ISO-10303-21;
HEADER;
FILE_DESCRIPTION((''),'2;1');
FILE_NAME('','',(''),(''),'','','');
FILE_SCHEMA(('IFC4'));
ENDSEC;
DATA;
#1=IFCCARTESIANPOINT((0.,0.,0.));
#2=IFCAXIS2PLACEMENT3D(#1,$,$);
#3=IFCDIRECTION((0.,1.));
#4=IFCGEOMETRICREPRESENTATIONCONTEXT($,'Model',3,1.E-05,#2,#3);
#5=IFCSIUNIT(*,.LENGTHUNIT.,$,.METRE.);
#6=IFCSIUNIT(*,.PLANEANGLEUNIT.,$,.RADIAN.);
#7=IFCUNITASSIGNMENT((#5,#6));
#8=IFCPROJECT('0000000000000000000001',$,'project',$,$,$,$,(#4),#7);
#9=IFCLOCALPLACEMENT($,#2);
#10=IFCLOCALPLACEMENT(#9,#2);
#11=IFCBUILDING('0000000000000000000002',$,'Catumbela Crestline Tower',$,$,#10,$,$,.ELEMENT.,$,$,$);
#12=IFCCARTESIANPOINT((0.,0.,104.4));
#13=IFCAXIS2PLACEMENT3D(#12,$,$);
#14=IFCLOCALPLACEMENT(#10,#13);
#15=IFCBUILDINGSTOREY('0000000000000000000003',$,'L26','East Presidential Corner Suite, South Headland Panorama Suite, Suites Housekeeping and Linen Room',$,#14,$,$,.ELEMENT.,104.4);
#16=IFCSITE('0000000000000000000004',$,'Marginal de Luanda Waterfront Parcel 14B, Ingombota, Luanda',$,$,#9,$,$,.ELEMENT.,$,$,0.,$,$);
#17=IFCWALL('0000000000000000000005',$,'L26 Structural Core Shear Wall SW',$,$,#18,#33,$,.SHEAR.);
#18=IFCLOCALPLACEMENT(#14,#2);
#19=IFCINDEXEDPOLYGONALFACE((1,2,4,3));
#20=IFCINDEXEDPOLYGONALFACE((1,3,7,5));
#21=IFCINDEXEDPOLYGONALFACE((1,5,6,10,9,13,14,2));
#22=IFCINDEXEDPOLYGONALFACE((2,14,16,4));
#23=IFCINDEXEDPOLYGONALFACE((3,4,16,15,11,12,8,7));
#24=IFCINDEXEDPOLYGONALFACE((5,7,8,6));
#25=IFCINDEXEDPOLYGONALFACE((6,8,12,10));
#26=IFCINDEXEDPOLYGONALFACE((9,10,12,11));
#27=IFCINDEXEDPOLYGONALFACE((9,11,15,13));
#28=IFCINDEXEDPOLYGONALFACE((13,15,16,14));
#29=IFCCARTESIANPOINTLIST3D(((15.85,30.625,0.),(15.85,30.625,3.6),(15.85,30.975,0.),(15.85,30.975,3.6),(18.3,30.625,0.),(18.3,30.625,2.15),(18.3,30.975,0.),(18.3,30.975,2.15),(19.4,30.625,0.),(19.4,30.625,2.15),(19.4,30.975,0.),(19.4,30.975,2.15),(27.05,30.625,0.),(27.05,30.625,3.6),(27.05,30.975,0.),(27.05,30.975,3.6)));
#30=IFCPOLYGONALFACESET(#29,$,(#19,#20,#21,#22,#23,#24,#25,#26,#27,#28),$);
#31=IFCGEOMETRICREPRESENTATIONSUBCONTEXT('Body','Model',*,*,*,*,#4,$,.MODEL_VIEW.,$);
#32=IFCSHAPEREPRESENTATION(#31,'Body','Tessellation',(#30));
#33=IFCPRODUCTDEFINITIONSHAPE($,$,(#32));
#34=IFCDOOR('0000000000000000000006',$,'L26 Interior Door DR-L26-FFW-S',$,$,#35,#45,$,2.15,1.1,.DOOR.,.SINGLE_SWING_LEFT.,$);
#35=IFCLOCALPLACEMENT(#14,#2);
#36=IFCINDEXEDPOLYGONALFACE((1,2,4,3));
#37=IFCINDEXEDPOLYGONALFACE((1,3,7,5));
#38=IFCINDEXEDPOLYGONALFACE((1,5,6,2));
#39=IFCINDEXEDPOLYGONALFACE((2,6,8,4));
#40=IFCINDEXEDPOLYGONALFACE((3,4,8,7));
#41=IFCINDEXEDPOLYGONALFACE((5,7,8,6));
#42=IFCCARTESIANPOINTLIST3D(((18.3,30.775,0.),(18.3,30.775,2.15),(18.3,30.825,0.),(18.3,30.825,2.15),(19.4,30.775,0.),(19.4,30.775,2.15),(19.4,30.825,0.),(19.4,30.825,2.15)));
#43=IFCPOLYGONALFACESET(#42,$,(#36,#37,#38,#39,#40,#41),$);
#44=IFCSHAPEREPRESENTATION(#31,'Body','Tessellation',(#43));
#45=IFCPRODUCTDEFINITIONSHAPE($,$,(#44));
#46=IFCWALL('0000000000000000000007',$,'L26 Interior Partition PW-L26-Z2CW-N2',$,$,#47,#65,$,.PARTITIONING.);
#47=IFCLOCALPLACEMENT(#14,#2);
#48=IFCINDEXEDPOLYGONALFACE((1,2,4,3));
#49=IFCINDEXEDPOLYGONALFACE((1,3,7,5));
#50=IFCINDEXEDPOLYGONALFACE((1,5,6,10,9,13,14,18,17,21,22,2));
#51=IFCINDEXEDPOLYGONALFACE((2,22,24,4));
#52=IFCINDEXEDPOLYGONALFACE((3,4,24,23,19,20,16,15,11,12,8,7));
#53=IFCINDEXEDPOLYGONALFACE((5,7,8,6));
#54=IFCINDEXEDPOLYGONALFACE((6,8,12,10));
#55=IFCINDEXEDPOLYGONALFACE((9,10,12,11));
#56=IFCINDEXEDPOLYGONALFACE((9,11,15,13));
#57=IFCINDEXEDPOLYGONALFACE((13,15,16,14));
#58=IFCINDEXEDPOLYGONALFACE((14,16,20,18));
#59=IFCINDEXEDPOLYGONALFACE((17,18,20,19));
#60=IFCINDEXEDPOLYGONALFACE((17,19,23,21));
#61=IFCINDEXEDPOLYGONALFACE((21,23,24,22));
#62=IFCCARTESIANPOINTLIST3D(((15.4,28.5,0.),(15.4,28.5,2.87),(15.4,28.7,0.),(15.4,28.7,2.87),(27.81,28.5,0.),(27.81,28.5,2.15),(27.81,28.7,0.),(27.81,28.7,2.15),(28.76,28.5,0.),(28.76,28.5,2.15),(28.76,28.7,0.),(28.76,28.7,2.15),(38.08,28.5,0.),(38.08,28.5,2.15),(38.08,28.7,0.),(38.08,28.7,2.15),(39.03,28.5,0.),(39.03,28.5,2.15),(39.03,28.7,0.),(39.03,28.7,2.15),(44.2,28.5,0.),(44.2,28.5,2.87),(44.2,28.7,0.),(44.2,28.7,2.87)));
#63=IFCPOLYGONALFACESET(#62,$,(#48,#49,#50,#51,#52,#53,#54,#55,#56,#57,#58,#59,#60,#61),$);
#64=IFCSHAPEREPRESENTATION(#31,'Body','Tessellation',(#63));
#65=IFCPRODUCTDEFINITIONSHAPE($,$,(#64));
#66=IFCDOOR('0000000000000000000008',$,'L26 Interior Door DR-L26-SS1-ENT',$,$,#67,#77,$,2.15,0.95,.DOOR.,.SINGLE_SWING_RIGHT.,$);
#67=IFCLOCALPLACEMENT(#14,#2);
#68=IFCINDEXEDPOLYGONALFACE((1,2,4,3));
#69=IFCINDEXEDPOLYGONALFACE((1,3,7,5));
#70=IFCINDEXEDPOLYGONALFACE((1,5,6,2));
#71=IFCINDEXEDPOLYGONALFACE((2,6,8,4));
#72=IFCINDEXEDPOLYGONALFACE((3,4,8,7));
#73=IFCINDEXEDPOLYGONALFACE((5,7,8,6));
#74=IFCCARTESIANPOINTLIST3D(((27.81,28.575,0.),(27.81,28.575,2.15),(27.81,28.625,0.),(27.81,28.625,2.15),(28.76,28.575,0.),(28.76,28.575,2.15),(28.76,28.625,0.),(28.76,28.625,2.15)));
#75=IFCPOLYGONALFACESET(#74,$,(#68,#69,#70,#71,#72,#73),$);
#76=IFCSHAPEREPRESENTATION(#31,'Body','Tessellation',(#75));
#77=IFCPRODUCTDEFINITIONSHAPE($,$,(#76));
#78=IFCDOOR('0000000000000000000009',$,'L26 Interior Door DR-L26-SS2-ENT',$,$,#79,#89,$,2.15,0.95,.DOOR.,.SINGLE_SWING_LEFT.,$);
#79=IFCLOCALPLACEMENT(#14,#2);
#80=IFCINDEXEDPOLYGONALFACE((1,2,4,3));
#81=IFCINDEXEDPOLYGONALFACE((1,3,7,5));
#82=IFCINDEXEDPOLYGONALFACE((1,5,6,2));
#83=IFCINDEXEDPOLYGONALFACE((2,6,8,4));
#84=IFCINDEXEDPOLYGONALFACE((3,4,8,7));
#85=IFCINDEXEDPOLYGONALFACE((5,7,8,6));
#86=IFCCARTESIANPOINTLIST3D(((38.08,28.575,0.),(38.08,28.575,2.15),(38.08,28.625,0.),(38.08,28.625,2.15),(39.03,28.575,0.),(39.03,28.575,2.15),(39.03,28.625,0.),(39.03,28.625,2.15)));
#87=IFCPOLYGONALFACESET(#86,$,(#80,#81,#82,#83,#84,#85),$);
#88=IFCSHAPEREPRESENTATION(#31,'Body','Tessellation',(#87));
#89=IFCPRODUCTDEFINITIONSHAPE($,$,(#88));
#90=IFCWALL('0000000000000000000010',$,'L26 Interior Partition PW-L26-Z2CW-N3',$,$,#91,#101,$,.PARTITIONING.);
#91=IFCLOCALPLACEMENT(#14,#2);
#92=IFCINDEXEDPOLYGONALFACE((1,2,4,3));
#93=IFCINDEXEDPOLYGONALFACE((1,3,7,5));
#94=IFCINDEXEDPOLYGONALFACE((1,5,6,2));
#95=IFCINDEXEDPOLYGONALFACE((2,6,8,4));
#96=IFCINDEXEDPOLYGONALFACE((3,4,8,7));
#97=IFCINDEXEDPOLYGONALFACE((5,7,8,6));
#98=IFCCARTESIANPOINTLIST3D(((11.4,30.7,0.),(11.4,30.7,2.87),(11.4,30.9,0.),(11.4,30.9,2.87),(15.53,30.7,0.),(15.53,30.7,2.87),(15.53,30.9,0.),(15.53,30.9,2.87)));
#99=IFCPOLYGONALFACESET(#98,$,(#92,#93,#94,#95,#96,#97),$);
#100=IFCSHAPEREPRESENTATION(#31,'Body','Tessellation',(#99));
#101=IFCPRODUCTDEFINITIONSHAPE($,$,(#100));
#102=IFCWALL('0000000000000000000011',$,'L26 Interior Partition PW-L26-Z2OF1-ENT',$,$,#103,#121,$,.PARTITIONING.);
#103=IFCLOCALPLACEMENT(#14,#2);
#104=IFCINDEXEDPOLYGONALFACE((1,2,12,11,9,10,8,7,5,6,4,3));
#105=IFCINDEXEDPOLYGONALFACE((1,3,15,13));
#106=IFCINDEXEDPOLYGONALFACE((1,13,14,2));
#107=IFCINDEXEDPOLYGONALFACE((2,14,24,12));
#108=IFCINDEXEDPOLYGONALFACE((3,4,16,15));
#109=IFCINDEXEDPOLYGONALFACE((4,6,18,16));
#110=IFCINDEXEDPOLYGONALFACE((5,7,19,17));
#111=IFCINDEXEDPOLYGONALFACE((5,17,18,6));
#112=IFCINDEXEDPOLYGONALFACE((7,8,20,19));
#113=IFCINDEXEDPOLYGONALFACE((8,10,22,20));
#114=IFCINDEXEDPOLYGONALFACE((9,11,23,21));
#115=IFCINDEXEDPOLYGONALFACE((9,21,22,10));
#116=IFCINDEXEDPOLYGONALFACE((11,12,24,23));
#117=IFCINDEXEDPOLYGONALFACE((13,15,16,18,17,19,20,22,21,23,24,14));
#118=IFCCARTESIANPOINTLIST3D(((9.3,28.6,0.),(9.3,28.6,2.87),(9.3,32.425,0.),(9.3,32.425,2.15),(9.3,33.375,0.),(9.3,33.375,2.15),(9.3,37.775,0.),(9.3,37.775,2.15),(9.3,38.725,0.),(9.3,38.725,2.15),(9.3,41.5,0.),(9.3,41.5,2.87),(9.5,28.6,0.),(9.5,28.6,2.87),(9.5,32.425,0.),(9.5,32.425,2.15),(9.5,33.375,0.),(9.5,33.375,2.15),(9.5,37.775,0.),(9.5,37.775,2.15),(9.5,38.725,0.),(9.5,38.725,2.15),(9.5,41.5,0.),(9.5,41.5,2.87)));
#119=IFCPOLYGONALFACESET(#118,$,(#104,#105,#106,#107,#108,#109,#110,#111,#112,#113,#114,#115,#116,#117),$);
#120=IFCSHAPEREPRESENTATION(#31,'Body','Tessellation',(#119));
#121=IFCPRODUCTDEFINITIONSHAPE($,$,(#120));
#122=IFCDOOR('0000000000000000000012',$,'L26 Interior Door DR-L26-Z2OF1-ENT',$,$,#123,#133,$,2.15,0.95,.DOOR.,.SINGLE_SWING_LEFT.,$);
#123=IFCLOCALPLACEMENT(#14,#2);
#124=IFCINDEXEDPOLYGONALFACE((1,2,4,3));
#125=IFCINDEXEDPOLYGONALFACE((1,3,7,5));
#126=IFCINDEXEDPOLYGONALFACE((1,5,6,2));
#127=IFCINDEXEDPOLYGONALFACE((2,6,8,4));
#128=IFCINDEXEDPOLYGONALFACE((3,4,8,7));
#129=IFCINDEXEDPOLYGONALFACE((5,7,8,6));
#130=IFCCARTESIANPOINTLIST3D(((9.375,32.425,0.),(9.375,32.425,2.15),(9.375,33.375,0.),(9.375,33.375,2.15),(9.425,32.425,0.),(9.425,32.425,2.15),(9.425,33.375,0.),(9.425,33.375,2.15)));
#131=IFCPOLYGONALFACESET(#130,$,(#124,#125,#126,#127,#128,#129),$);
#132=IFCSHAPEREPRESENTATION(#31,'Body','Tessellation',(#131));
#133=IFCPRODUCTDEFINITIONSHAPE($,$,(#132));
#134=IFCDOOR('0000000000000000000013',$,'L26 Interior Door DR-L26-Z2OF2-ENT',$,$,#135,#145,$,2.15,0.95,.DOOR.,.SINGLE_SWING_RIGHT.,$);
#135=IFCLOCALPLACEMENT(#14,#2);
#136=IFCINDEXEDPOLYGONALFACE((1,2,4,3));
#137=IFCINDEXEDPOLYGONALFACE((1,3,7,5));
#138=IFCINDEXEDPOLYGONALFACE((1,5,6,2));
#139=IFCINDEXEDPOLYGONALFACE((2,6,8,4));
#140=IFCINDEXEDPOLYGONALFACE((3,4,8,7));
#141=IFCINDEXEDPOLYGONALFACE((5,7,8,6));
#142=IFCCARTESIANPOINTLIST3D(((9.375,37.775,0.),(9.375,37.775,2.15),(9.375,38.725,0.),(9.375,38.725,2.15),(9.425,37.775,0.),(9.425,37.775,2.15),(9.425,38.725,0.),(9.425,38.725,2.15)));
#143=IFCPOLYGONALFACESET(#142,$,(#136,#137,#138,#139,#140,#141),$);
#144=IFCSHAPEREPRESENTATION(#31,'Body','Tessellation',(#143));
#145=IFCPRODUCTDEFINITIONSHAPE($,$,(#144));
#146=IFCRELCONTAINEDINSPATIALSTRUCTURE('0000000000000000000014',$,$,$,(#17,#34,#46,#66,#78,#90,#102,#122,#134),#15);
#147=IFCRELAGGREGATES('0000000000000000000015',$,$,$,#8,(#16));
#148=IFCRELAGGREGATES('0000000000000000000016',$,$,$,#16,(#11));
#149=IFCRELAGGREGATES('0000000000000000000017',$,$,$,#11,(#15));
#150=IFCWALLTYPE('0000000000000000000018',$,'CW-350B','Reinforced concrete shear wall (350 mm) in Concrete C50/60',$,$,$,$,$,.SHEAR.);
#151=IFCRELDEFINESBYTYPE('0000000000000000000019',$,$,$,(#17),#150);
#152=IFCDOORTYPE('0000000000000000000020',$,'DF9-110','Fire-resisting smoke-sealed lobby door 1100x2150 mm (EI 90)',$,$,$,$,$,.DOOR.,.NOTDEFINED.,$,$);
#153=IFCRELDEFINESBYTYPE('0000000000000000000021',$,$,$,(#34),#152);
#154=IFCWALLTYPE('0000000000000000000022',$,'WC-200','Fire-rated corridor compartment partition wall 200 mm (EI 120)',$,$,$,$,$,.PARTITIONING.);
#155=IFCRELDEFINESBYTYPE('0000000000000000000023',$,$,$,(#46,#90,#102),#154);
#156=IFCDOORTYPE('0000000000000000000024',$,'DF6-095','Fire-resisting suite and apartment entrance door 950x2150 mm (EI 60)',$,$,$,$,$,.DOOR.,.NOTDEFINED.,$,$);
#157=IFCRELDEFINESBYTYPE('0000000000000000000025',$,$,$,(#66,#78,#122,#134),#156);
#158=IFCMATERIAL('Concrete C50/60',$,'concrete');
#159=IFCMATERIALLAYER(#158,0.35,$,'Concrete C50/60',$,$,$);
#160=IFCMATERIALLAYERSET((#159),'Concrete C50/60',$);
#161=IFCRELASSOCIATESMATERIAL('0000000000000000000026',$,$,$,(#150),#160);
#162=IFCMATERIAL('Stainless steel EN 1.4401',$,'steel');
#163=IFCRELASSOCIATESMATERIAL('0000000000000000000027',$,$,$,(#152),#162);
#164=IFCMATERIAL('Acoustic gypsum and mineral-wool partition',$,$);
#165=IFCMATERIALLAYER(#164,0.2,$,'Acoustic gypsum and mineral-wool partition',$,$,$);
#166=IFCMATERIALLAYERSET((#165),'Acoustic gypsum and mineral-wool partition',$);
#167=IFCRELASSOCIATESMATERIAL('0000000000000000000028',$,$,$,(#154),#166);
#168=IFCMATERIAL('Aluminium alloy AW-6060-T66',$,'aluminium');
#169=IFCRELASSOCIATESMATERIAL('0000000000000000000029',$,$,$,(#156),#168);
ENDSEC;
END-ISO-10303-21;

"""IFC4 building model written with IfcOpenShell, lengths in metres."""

from ifc_helpers import new_model, si_unit, direction, frame, frame_2d, origin, place, context, subcontext, project, spatial, rectangle, extrude, material, layer, layer_set, type_object, element, fill, save


model = new_model("IFC4")

# Units and contexts
model_context = context("Model", 3, precision=1e-05, world=origin(), true_north=direction((0.0, 1.0)))
body_context = subcontext(model_context, "Body", "Model", "MODEL_VIEW")
ifc_project = project(units=[si_unit("LENGTHUNIT", "METRE"), si_unit("PLANEANGLEUNIT", "RADIAN")], contexts=[model_context])

# Site, building, storey
site_placement = place(None, origin())
site = spatial("IfcSite", under=ifc_project, at=site_placement, Name="Marginal de Luanda Waterfront Parcel 14B, Ingombota, Luanda", CompositionType="ELEMENT", RefElevation=0.0)
building_placement = place(site_placement, origin())
building = spatial("IfcBuilding", under=site, at=building_placement, Name="Catumbela Crestline Tower", CompositionType="ELEMENT")
storey_placement = place(building_placement, frame((0.0, 0.0, 104.4)))
storey = spatial("IfcBuildingStorey", under=building, at=storey_placement, Name="L26", Description="East Presidential Corner Suite, South Headland Panorama Suite, Suites Housekeeping and Linen Room", CompositionType="ELEMENT", Elevation=104.4)

# Shared definitions
ifc_material_1 = material(Name="Concrete C50/60", Category="concrete")

# Shared definitions
ifc_material_2 = material(Name="Stainless steel EN 1.4401", Category="steel")

# Shared definitions
ifc_layer_1 = layer(ifc_material_1, 0.35, Name="Concrete C50/60")
ifc_layer_set_1 = layer_set([ifc_layer_1], Name="Concrete C50/60")
wall_type_1 = type_object("IfcWallType", Name="CW-350B", Description="Reinforced concrete shear wall (350 mm) in Concrete C50/60", PredefinedType="SHEAR", material=ifc_layer_set_1)

# Wall, opening, door
wall_1_placement = place(storey_placement, frame((15.85, 30.8, 0.0), z_axis=(0.0, 0.0, 1.0), x_axis=(1.0, 0.0, 0.0)))
wall_1 = element("IfcWall", 1, at=wall_1_placement, inside=storey, type_object=wall_type_1, Name="L26 Structural Core Shear Wall SW", PredefinedType="SHEAR", context=body_context, shape_type="SweptSolid", body=[
    extrude(rectangle(XDim=11.2, YDim=0.35, at=frame_2d((5.6, 0.0))), origin(), (0.0, 0.0, 1.0), 3.6),
])
opening_1_placement = place(wall_1_placement, frame((2.45, 0.0, 0.0)))
opening_1 = element("IfcOpeningElement", 2, at=opening_1_placement, cuts=wall_1, PredefinedType="OPENING", context=body_context, shape_type="SweptSolid", body=[
    extrude(rectangle(XDim=1.1, YDim=2.15, at=frame_2d((0.55, 1.075))), frame((0.0, 0.185, 0.0), z_axis=(0.0, -1.0, 0.0), x_axis=(1.0, 0.0, 0.0)), (0.0, 0.0, 1.0), 0.37),
])
door_type_1 = type_object("IfcDoorType", Name="DF9-110", Description="Fire-resisting smoke-sealed lobby door 1100x2150 mm (EI 90)", OperationType="NOTDEFINED", PredefinedType="DOOR", material=ifc_material_2)
door_1_placement = place(opening_1_placement, origin())
door_1 = element("IfcDoor", 3, at=door_1_placement, inside=storey, type_object=door_type_1, Name="L26 Interior Door DR-L26-FFW-S", OperationType="SINGLE_SWING_LEFT", OverallHeight=2.15, OverallWidth=1.1, PredefinedType="DOOR", context=body_context, shape_type="SweptSolid", body=[
    extrude(rectangle(XDim=1.1, YDim=2.15, at=frame_2d((0.55, 1.075))), frame((0.0, 0.025, 0.0), z_axis=(0.0, -1.0, 0.0), x_axis=(1.0, 0.0, 0.0)), (0.0, 0.0, 1.0), 0.05),
])
fill(opening_1, door_1)

# Wall, openings, doors
ifc_material_3 = material(Name="Acoustic gypsum and mineral-wool partition")
ifc_layer_2 = layer(ifc_material_3, 0.2, Name="Acoustic gypsum and mineral-wool partition")
ifc_layer_set_2 = layer_set([ifc_layer_2], Name="Acoustic gypsum and mineral-wool partition")
wall_type_2 = type_object("IfcWallType", Name="WC-200", Description="Fire-rated corridor compartment partition wall 200 mm (EI 120)", PredefinedType="PARTITIONING", material=ifc_layer_set_2)
wall_2_placement = place(storey_placement, frame((15.4, 28.6, 0.0), z_axis=(0.0, 0.0, 1.0), x_axis=(1.0, 0.0, 0.0)))
wall_2 = element("IfcWall", 4, at=wall_2_placement, inside=storey, type_object=wall_type_2, Name="L26 Interior Partition PW-L26-Z2CW-N2", PredefinedType="PARTITIONING", context=body_context, shape_type="SweptSolid", body=[
    extrude(rectangle(XDim=28.8, YDim=0.2, at=frame_2d((14.4, 0.0))), origin(), (0.0, 0.0, 1.0), 2.87),
])
opening_2_placement = place(wall_2_placement, frame((12.41, 0.0, 0.0)))
opening_2 = element("IfcOpeningElement", 5, at=opening_2_placement, cuts=wall_2, PredefinedType="OPENING", context=body_context, shape_type="SweptSolid", body=[
    extrude(rectangle(XDim=0.95, YDim=2.15, at=frame_2d((0.475, 1.075))), frame((0.0, 0.11, 0.0), z_axis=(0.0, -1.0, 0.0), x_axis=(1.0, 0.0, 0.0)), (0.0, 0.0, 1.0), 0.22),
])
opening_3_placement = place(wall_2_placement, frame((22.68, 0.0, 0.0)))
opening_3 = element("IfcOpeningElement", 6, at=opening_3_placement, cuts=wall_2, PredefinedType="OPENING", context=body_context, shape_type="SweptSolid", body=[
    extrude(rectangle(XDim=0.95, YDim=2.15, at=frame_2d((0.475, 1.075))), frame((0.0, 0.11, 0.0), z_axis=(0.0, -1.0, 0.0), x_axis=(1.0, 0.0, 0.0)), (0.0, 0.0, 1.0), 0.22),
])
ifc_material_4 = material(Name="Aluminium alloy AW-6060-T66", Category="aluminium")
door_type_2 = type_object("IfcDoorType", Name="DF6-095", Description="Fire-resisting suite and apartment entrance door 950x2150 mm (EI 60)", OperationType="NOTDEFINED", PredefinedType="DOOR", material=ifc_material_4)
door_2_placement = place(opening_2_placement, origin())
door_2 = element("IfcDoor", 7, at=door_2_placement, inside=storey, type_object=door_type_2, Name="L26 Interior Door DR-L26-SS1-ENT", OperationType="SINGLE_SWING_RIGHT", OverallHeight=2.15, OverallWidth=0.95, PredefinedType="DOOR", context=body_context, shape_type="SweptSolid", body=[
    extrude(rectangle(XDim=0.95, YDim=2.15, at=frame_2d((0.475, 1.075))), frame((0.0, 0.025, 0.0), z_axis=(0.0, -1.0, 0.0), x_axis=(1.0, 0.0, 0.0)), (0.0, 0.0, 1.0), 0.05),
])
fill(opening_2, door_2)
door_3_placement = place(opening_3_placement, origin())
door_3 = element("IfcDoor", 8, at=door_3_placement, inside=storey, type_object=door_type_2, Name="L26 Interior Door DR-L26-SS2-ENT", OperationType="SINGLE_SWING_LEFT", OverallHeight=2.15, OverallWidth=0.95, PredefinedType="DOOR", context=body_context, shape_type="SweptSolid", body=[
    extrude(rectangle(XDim=0.95, YDim=2.15, at=frame_2d((0.475, 1.075))), frame((0.0, 0.025, 0.0), z_axis=(0.0, -1.0, 0.0), x_axis=(1.0, 0.0, 0.0)), (0.0, 0.0, 1.0), 0.05),
])
fill(opening_3, door_3)

# Wall
wall_3_placement = place(storey_placement, frame((11.4, 30.8, 0.0), z_axis=(0.0, 0.0, 1.0), x_axis=(1.0, 0.0, 0.0)))
element("IfcWall", 9, at=wall_3_placement, inside=storey, type_object=wall_type_2, Name="L26 Interior Partition PW-L26-Z2CW-N3", PredefinedType="PARTITIONING", context=body_context, shape_type="SweptSolid", body=[
    extrude(rectangle(XDim=4.13, YDim=0.2, at=frame_2d((2.065, 0.0))), origin(), (0.0, 0.0, 1.0), 2.87),
])

# Wall, openings, doors
wall_4_placement = place(storey_placement, frame((9.4, 28.6, 0.0), z_axis=(0.0, 0.0, 1.0), x_axis=(0.0, 1.0, 0.0)))
wall_4 = element("IfcWall", 10, at=wall_4_placement, inside=storey, type_object=wall_type_2, Name="L26 Interior Partition PW-L26-Z2OF1-ENT", PredefinedType="PARTITIONING", context=body_context, shape_type="SweptSolid", body=[
    extrude(rectangle(XDim=12.9, YDim=0.2, at=frame_2d((6.45, 0.0))), origin(), (0.0, 0.0, 1.0), 2.87),
])
opening_4_placement = place(wall_4_placement, frame((3.825, 0.0, 0.0)))
opening_4 = element("IfcOpeningElement", 11, at=opening_4_placement, cuts=wall_4, PredefinedType="OPENING", context=body_context, shape_type="SweptSolid", body=[
    extrude(rectangle(XDim=0.95, YDim=2.15, at=frame_2d((0.475, 1.075))), frame((0.0, 0.11, 0.0), z_axis=(0.0, -1.0, 0.0), x_axis=(1.0, 0.0, 0.0)), (0.0, 0.0, 1.0), 0.22),
])
opening_5_placement = place(wall_4_placement, frame((9.175, 0.0, 0.0)))
opening_5 = element("IfcOpeningElement", 12, at=opening_5_placement, cuts=wall_4, PredefinedType="OPENING", context=body_context, shape_type="SweptSolid", body=[
    extrude(rectangle(XDim=0.95, YDim=2.15, at=frame_2d((0.475, 1.075))), frame((0.0, 0.11, 0.0), z_axis=(0.0, -1.0, 0.0), x_axis=(1.0, 0.0, 0.0)), (0.0, 0.0, 1.0), 0.22),
])
door_4_placement = place(opening_4_placement, origin())
door_4 = element("IfcDoor", 13, at=door_4_placement, inside=storey, type_object=door_type_2, Name="L26 Interior Door DR-L26-Z2OF1-ENT", OperationType="SINGLE_SWING_LEFT", OverallHeight=2.15, OverallWidth=0.95, PredefinedType="DOOR", context=body_context, shape_type="SweptSolid", body=[
    extrude(rectangle(XDim=0.95, YDim=2.15, at=frame_2d((0.475, 1.075))), frame((0.0, 0.025, 0.0), z_axis=(0.0, -1.0, 0.0), x_axis=(1.0, 0.0, 0.0)), (0.0, 0.0, 1.0), 0.05),
])
fill(opening_4, door_4)
door_5_placement = place(opening_5_placement, origin())
door_5 = element("IfcDoor", 14, at=door_5_placement, inside=storey, type_object=door_type_2, Name="L26 Interior Door DR-L26-Z2OF2-ENT", OperationType="SINGLE_SWING_RIGHT", OverallHeight=2.15, OverallWidth=0.95, PredefinedType="DOOR", context=body_context, shape_type="SweptSolid", body=[
    extrude(rectangle(XDim=0.95, YDim=2.15, at=frame_2d((0.475, 1.075))), frame((0.0, 0.025, 0.0), z_axis=(0.0, -1.0, 0.0), x_axis=(1.0, 0.0, 0.0)), (0.0, 0.0, 1.0), 0.05),
])
fill(opening_5, door_5)

save(model, "model.ifc")
